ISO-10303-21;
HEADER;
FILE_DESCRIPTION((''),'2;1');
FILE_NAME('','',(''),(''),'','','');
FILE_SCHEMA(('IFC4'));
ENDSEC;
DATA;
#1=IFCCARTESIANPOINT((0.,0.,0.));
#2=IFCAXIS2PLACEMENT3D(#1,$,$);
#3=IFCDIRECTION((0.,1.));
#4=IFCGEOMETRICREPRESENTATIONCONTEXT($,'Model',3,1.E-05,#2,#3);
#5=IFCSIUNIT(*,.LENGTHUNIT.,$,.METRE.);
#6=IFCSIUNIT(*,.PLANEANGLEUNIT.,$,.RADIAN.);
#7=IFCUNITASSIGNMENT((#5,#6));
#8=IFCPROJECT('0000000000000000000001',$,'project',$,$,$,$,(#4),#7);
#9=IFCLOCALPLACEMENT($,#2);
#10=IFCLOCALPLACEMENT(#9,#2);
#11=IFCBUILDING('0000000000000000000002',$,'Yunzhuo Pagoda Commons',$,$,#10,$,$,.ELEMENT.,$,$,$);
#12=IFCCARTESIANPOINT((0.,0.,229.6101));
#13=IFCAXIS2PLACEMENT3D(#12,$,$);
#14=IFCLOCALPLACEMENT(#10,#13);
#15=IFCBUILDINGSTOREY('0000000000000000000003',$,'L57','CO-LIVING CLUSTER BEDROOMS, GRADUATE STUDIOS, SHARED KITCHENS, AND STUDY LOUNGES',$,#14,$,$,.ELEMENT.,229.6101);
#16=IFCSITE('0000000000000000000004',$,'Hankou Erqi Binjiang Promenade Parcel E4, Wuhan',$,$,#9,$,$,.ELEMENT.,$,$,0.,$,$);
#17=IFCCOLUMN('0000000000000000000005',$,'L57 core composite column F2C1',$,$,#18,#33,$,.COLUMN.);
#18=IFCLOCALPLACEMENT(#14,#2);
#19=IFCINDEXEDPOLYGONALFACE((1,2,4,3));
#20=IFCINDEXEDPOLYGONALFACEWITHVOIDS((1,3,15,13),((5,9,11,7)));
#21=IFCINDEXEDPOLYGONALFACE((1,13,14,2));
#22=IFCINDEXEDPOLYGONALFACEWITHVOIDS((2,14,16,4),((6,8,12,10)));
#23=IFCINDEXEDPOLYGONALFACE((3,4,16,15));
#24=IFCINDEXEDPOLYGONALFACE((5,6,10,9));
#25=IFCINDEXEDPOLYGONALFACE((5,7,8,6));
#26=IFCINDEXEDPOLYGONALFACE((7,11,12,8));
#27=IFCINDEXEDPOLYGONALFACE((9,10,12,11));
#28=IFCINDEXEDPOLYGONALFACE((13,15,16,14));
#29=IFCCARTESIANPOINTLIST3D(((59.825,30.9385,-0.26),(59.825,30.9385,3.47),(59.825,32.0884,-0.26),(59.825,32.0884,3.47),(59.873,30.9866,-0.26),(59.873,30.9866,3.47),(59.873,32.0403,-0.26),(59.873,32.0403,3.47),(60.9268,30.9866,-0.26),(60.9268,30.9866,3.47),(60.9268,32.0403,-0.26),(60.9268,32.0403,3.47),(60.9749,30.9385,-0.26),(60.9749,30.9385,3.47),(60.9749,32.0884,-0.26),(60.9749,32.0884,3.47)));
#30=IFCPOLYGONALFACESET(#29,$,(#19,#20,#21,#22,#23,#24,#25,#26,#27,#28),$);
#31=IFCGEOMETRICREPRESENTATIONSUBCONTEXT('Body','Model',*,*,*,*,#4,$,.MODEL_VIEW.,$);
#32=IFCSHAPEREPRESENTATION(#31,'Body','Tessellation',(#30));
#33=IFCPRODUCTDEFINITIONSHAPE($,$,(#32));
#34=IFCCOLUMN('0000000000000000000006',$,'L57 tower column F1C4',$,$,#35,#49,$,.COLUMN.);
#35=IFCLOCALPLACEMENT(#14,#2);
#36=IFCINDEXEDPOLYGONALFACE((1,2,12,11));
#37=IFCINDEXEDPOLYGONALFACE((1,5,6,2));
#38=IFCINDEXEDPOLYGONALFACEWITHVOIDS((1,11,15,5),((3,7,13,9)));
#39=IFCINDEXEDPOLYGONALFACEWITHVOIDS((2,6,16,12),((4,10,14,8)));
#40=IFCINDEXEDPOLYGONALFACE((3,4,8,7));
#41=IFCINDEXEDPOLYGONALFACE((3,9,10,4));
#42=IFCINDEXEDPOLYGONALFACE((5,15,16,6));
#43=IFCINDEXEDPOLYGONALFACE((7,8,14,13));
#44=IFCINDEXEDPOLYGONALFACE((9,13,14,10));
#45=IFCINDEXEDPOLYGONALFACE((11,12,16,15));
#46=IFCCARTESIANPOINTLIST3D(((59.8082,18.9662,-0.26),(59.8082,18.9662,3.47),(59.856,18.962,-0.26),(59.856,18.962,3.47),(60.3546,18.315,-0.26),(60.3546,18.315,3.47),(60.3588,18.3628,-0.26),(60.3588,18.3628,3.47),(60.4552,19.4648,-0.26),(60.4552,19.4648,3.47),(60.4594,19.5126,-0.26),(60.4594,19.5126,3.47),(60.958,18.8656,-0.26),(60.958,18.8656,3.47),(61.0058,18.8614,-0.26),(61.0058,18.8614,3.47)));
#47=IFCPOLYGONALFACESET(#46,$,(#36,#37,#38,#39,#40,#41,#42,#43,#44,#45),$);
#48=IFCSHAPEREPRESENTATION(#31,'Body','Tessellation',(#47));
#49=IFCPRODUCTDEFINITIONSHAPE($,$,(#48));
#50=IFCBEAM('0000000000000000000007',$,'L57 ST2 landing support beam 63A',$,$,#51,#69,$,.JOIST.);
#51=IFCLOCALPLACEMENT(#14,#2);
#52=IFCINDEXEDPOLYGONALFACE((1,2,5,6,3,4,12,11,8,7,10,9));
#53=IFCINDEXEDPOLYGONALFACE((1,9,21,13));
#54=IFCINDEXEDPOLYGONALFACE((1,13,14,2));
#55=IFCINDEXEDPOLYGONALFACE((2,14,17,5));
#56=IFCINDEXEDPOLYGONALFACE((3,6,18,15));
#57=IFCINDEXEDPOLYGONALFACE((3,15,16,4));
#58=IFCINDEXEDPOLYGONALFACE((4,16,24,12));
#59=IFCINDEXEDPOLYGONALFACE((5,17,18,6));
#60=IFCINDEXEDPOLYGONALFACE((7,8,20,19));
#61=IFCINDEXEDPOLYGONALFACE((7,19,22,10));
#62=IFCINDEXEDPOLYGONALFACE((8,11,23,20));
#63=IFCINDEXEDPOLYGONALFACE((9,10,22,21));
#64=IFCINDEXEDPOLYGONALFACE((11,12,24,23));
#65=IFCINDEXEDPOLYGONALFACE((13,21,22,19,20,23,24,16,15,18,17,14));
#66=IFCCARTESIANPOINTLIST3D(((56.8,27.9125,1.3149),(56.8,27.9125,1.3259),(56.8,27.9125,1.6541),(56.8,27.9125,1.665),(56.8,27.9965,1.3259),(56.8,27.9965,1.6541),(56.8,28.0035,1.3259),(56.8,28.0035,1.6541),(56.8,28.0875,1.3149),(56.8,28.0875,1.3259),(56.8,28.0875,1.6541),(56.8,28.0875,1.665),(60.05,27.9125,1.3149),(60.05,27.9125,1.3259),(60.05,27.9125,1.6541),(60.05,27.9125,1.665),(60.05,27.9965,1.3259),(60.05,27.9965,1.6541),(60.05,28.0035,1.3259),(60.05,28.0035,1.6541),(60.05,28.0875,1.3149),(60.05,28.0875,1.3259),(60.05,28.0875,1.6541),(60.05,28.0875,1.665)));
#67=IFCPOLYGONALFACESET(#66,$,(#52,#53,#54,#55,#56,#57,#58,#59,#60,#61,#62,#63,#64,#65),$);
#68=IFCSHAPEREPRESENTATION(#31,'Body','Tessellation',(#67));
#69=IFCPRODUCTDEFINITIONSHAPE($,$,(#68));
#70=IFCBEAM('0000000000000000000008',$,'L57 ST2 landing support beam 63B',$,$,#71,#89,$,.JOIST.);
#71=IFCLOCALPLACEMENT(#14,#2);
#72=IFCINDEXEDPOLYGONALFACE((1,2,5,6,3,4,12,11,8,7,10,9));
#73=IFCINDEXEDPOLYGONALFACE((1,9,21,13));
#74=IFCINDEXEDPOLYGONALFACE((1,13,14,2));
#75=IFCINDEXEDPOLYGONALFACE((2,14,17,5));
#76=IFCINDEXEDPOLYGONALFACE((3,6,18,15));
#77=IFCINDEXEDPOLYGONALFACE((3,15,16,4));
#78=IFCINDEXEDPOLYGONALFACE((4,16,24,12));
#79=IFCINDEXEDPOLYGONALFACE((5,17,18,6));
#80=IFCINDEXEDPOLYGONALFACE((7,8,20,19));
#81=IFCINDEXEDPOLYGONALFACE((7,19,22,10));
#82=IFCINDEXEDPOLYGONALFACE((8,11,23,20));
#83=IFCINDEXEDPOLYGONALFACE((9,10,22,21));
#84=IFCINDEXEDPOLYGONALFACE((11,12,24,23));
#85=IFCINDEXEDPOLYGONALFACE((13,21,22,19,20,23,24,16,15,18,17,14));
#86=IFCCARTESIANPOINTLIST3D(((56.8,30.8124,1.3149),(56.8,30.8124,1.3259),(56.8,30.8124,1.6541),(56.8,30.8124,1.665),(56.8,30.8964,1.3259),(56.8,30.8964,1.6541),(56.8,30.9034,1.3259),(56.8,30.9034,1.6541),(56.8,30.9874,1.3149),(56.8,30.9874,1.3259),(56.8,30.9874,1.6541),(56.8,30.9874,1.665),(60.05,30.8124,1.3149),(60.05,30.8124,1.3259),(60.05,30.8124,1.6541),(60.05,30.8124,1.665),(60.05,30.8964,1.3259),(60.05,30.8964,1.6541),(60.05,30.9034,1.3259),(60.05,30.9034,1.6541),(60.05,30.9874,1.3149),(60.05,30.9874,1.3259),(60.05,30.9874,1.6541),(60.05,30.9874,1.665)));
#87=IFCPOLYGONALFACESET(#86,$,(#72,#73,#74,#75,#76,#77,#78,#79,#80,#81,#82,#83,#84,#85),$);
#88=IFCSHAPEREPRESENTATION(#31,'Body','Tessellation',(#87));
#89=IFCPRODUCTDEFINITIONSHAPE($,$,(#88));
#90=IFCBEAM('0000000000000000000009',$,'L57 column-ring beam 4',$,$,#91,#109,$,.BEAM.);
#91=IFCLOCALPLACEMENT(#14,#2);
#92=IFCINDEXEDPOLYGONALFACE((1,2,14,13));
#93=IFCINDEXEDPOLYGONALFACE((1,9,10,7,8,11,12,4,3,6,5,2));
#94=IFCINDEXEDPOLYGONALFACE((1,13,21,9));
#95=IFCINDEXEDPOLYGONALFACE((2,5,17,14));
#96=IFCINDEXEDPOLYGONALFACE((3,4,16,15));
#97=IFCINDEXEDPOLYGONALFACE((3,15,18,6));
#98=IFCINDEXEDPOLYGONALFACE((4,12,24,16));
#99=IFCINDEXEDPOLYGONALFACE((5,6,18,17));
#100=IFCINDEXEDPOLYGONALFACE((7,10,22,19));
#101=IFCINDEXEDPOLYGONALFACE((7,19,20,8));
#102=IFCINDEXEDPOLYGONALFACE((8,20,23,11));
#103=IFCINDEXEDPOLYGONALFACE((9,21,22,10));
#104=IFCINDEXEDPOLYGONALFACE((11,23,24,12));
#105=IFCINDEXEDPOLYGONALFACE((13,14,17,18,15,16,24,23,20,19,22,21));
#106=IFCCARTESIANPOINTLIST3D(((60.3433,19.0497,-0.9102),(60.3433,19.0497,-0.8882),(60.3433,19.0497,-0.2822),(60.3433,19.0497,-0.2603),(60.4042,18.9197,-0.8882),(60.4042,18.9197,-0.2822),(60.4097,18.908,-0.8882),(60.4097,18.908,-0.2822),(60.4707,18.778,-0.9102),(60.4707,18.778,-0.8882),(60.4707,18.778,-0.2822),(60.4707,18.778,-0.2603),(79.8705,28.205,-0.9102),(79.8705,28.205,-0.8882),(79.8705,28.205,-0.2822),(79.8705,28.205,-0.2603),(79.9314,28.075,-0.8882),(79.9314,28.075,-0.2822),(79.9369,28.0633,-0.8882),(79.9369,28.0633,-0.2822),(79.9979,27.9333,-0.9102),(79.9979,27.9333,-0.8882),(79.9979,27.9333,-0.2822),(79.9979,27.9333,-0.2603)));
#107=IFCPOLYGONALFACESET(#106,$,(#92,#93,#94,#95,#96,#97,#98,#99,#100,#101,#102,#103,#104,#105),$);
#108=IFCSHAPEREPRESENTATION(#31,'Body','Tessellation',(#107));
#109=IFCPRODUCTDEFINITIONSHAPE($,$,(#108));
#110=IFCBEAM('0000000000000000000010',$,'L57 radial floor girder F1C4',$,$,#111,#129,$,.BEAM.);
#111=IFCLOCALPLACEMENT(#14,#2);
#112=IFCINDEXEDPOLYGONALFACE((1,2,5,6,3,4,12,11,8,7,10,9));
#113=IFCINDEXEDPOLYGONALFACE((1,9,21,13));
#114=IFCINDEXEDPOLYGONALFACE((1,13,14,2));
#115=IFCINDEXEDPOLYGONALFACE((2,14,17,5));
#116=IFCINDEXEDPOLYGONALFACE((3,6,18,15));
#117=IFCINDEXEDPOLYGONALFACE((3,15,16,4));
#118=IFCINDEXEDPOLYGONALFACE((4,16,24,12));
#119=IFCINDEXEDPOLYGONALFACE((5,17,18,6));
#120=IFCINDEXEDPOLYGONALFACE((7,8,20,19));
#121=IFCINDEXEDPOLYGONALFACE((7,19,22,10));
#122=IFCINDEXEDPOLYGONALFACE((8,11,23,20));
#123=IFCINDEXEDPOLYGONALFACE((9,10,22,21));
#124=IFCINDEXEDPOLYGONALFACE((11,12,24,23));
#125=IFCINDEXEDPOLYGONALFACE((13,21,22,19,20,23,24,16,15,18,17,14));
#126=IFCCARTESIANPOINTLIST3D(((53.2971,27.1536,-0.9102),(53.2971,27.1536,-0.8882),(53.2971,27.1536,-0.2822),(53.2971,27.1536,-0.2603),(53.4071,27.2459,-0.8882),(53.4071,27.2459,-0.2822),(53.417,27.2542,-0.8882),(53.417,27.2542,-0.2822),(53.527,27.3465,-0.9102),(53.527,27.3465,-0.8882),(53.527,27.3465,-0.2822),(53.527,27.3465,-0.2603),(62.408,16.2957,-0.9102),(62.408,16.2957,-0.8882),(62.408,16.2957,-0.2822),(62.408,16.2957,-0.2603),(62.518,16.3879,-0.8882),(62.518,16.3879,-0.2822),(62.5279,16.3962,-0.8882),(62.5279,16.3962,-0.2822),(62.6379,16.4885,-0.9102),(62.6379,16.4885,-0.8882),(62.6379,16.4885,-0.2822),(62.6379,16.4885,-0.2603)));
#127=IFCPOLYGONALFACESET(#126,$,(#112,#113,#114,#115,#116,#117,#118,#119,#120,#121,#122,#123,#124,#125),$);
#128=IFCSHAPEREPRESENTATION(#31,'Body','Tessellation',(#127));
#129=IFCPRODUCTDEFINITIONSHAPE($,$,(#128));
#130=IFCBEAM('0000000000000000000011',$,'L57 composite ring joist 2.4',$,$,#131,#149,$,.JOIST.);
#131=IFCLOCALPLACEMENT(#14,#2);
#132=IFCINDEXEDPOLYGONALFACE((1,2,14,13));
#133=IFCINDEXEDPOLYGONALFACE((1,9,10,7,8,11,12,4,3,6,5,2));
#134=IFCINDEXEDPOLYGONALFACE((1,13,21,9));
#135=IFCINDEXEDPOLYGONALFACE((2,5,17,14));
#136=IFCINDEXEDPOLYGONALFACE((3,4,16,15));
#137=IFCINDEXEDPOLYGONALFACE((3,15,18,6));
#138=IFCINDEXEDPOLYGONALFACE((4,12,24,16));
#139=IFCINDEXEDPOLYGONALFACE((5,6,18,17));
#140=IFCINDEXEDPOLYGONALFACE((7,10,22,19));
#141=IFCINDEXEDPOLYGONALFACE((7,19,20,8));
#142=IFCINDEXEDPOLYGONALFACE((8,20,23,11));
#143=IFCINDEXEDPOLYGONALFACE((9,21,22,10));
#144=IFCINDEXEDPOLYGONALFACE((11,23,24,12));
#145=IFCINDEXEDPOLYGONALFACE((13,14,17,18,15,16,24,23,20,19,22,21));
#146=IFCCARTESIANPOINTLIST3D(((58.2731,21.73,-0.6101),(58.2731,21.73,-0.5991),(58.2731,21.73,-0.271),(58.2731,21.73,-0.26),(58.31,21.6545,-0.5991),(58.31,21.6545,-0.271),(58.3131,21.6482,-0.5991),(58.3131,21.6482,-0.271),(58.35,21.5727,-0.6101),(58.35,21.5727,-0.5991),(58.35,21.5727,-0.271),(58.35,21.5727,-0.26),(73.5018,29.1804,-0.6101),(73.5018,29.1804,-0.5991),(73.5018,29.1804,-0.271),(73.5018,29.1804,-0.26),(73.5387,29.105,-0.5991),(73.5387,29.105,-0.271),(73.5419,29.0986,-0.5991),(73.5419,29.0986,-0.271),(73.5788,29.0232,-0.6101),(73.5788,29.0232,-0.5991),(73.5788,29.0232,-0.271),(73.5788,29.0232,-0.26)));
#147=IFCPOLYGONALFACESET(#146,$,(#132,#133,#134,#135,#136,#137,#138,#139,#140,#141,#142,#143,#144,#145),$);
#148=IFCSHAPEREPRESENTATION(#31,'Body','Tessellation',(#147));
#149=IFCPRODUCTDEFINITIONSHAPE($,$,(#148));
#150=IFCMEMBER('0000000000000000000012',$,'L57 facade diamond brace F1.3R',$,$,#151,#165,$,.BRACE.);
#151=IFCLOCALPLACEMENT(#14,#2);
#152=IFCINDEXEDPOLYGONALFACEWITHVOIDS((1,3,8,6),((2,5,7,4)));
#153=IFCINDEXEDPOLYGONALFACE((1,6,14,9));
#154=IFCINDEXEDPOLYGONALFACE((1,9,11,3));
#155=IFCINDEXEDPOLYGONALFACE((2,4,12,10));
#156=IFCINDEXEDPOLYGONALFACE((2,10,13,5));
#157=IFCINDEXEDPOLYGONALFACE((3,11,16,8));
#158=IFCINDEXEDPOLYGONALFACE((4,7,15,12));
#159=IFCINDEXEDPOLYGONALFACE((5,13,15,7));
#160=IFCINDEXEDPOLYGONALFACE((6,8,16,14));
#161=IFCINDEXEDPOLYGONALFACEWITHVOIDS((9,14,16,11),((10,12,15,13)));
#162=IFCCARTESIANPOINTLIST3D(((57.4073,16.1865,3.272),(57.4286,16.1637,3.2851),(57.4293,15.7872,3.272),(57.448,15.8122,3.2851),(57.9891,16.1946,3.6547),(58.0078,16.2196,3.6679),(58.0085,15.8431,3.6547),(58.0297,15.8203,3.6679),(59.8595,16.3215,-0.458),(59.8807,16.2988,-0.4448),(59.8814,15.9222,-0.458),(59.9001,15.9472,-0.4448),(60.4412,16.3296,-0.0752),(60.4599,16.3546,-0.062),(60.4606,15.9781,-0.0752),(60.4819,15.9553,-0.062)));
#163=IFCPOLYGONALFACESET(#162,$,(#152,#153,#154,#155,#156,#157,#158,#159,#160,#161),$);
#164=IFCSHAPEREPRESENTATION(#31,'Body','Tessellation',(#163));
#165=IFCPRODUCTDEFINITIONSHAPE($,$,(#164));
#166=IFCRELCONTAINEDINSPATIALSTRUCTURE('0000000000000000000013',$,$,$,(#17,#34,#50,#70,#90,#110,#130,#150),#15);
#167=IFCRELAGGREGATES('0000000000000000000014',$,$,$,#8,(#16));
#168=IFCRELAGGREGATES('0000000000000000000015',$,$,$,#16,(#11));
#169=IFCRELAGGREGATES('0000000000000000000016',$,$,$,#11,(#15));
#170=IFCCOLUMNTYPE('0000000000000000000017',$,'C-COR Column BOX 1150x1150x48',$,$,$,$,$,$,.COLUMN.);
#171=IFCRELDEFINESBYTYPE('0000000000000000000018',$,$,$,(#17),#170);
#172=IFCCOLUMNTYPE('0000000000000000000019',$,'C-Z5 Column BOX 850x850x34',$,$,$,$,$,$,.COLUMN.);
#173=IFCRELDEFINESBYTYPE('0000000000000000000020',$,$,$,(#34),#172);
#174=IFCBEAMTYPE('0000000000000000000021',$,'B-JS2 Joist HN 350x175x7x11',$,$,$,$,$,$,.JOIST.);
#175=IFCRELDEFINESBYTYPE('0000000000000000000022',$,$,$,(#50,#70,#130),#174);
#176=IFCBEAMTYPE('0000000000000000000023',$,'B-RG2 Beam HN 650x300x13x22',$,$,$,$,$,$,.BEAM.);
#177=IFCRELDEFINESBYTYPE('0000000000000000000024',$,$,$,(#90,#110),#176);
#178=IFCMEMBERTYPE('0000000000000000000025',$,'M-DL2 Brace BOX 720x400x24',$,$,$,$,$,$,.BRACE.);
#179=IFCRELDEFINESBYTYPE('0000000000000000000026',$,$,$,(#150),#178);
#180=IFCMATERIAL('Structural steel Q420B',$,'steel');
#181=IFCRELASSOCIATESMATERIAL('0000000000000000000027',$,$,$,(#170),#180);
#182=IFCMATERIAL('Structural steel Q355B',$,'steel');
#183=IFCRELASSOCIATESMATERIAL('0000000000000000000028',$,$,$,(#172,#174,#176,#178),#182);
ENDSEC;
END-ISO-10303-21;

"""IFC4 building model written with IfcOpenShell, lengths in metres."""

from ifc_helpers import new_model, si_unit, direction, frame, origin, origin_2d, place, context, subcontext, project, spatial, hollow_rectangle, i_section, extrude, source, transform, mapped, material, material_profile, profile_set, type_object, element, save


model = new_model("IFC4")

# Units and contexts
model_context = context("Model", 3, precision=1e-05, world=origin(), true_north=direction((0.0, 1.0)))
body_context = subcontext(model_context, "Body", "Model", "MODEL_VIEW")
ifc_project = project(units=[si_unit("LENGTHUNIT", "METRE"), si_unit("PLANEANGLEUNIT", "RADIAN")], contexts=[model_context])

# Site, building, storey
site_placement = place(None, origin())
site = spatial("IfcSite", under=ifc_project, at=site_placement, Name="Hankou Erqi Binjiang Promenade Parcel E4, Wuhan", CompositionType="ELEMENT", RefElevation=0.0)
building_placement = place(site_placement, origin())
building = spatial("IfcBuilding", under=site, at=building_placement, Name="Yunzhuo Pagoda Commons", CompositionType="ELEMENT")
storey_placement = place(building_placement, frame((0.0, 0.0, 229.6101)))
storey = spatial("IfcBuildingStorey", under=building, at=storey_placement, Name="L57", Description="CO-LIVING CLUSTER BEDROOMS, GRADUATE STUDIOS, SHARED KITCHENS, AND STUDY LOUNGES", CompositionType="ELEMENT", Elevation=229.6101)

# Columns
ifc_material_1 = material(Name="Structural steel Q420B", Category="steel")
ifc_material_profile_1 = material_profile(ifc_material_1, hollow_rectangle(XDim=1.1499, YDim=1.1499, WallThickness=0.0481, at=origin_2d()), Name="Structural steel Q420B")
ifc_profile_set_1 = profile_set([ifc_material_profile_1], Name="Structural steel Q420B")
column_type_1 = type_object("IfcColumnType", Name="C-COR Column BOX 1150x1150x48", PredefinedType="COLUMN", material=ifc_profile_set_1)
shared_shape_1 = source(origin(), body_context, "Body", "SweptSolid", [
    extrude(hollow_rectangle(XDim=1.1499, YDim=1.1499, WallThickness=0.0481, at=origin_2d()), origin(), (0.0, 0.0, 1.0), 3.73),
])
column_1_placement = place(storey_placement, frame((60.3999, 31.5134, -0.26), z_axis=(0.0, 0.0, 1.0), x_axis=(1.0, 0.0, 0.0)))
element("IfcColumn", 1, at=column_1_placement, inside=storey, type_object=column_type_1, Name="L57 core composite column F2C1", PredefinedType="COLUMN", context=body_context, shape_type="MappedRepresentation", body=[
    mapped(shared_shape_1, transform((0.0, 0.0, 0.0), scale=1.0)),
])
ifc_material_2 = material(Name="Structural steel Q355B", Category="steel")
ifc_material_profile_2 = material_profile(ifc_material_2, hollow_rectangle(XDim=0.8501, YDim=0.8501, WallThickness=0.0339, at=origin_2d()), Name="Structural steel Q355B")
ifc_profile_set_2 = profile_set([ifc_material_profile_2], Name="Structural steel Q355B")
column_type_2 = type_object("IfcColumnType", Name="C-Z5 Column BOX 850x850x34", PredefinedType="COLUMN", material=ifc_profile_set_2)
shared_shape_2 = source(origin(), body_context, "Body", "SweptSolid", [
    extrude(hollow_rectangle(XDim=0.8501, YDim=0.8501, WallThickness=0.0339, at=origin_2d()), origin(), (0.0, 0.0, 1.0), 3.73),
])
column_2_placement = place(storey_placement, frame((60.407, 18.9138, -0.26), z_axis=(0.0, 0.0, 1.0), x_axis=(0.766044, 0.642788, 0.0)))
element("IfcColumn", 2, at=column_2_placement, inside=storey, type_object=column_type_2, Name="L57 tower column F1C4", PredefinedType="COLUMN", context=body_context, shape_type="MappedRepresentation", body=[
    mapped(shared_shape_2, transform((0.0, 0.0, 0.0), scale=1.0)),
])

# Beams
ifc_material_profile_3 = material_profile(ifc_material_2, i_section(OverallWidth=0.175, OverallDepth=0.3501, WebThickness=0.0071, FlangeThickness=0.011, at=origin_2d()), Name="Structural steel Q355B")
ifc_profile_set_3 = profile_set([ifc_material_profile_3], Name="Structural steel Q355B")
beam_type_1 = type_object("IfcBeamType", Name="B-JS2 Joist HN 350x175x7x11", PredefinedType="JOIST", material=ifc_profile_set_3)
shared_shape_3 = source(origin(), body_context, "Body", "SweptSolid", [
    extrude(i_section(OverallWidth=0.175, OverallDepth=0.3501, WebThickness=0.0071, FlangeThickness=0.011, at=origin_2d()), origin(), (0.0, 0.0, 1.0), 3.25),
])
for number, where, z_axis, x_axis, name in (
    (3, (56.8, 28.0, 1.49), (1.0, 0.0, 0.0), (0.0, 1.0, 0.0), "L57 ST2 landing support beam 63A"),
    (4, (56.8, 30.8999, 1.49), (1.0, 0.0, 0.0), (0.0, 1.0, 0.0), "L57 ST2 landing support beam 63B"),
):
    element("IfcBeam", number, at=place(storey_placement, frame(where, z_axis=z_axis, x_axis=x_axis)), inside=storey, type_object=beam_type_1, Name=name, PredefinedType="JOIST", context=body_context, shape_type="MappedRepresentation", body=[
        mapped(shared_shape_3, transform((0.0, 0.0, 0.0), scale=1.0)),
    ])
ifc_material_profile_4 = material_profile(ifc_material_2, i_section(OverallWidth=0.3, OverallDepth=0.6499, WebThickness=0.0129, FlangeThickness=0.022, at=origin_2d()), Name="Structural steel Q355B")
ifc_profile_set_4 = profile_set([ifc_material_profile_4], Name="Structural steel Q355B")
beam_type_2 = type_object("IfcBeamType", Name="B-RG2 Beam HN 650x300x13x22", PredefinedType="BEAM", material=ifc_profile_set_4)
shared_shape_4 = source(origin(), body_context, "Body", "SweptSolid", [
    extrude(i_section(OverallWidth=0.3, OverallDepth=0.6499, WebThickness=0.0129, FlangeThickness=0.022, at=origin_2d()), origin(), (0.0, 0.0, 1.0), 21.5669),
])
beam_1_placement = place(storey_placement, frame((60.407, 18.9138, -0.5852), z_axis=(0.905424, 0.424508, 0.0), x_axis=(-0.424508, 0.905424, 0.0)))
element("IfcBeam", 5, at=beam_1_placement, inside=storey, type_object=beam_type_2, Name="L57 column-ring beam 4", PredefinedType="BEAM", context=body_context, shape_type="MappedRepresentation", body=[
    mapped(shared_shape_4, transform((0.0, 0.0, 0.0), scale=1.0)),
])
shared_shape_5 = source(origin(), body_context, "Body", "SweptSolid", [
    extrude(i_section(OverallWidth=0.3, OverallDepth=0.6499, WebThickness=0.0129, FlangeThickness=0.022, at=origin_2d()), origin(), (0.0, 0.0, 1.0), 14.1741),
])
beam_2_placement = place(storey_placement, frame((62.5229, 16.3921, -0.5852), z_axis=(-0.642786, 0.766045, 0.0), x_axis=(-0.766045, -0.642786, 0.0)))
element("IfcBeam", 6, at=beam_2_placement, inside=storey, type_object=beam_type_2, Name="L57 radial floor girder F1C4", PredefinedType="BEAM", context=body_context, shape_type="MappedRepresentation", body=[
    mapped(shared_shape_5, transform((0.0, 0.0, 0.0), scale=1.0)),
])
shared_shape_6 = source(origin(), body_context, "Body", "SweptSolid", [
    extrude(i_section(OverallWidth=0.175, OverallDepth=0.3501, WebThickness=0.0071, FlangeThickness=0.011, at=origin_2d()), origin(), (0.0, 0.0, 1.0), 16.9536),
])
beam_3_placement = place(storey_placement, frame((58.3115, 21.6514, -0.4351), z_axis=(0.898262, 0.439461, 0.0), x_axis=(-0.439461, 0.898262, 0.0)))
element("IfcBeam", 7, at=beam_3_placement, inside=storey, type_object=beam_type_1, Name="L57 composite ring joist 2.4", PredefinedType="JOIST", context=body_context, shape_type="MappedRepresentation", body=[
    mapped(shared_shape_6, transform((0.0, 0.0, 0.0), scale=1.0)),
])

# Member
ifc_material_profile_5 = material_profile(ifc_material_2, hollow_rectangle(XDim=0.3999, YDim=0.72, WallThickness=0.0239, at=origin_2d()), Name="Structural steel Q355B")
ifc_profile_set_5 = profile_set([ifc_material_profile_5], Name="Structural steel Q355B")
member_type_1 = type_object("IfcMemberType", Name="M-DL2 Brace BOX 720x400x24", PredefinedType="BRACE", material=ifc_profile_set_5)
shared_shape_7 = source(origin(), body_context, "Body", "SweptSolid", [
    extrude(hollow_rectangle(XDim=0.3999, YDim=0.72, WallThickness=0.0239, at=origin_2d()), origin(), (0.0, 0.0, 1.0), 4.4658),
])
member_1_placement = place(storey_placement, frame((60.1707, 16.1384, -0.26), z_axis=(-0.549086, -0.030231, 0.835219), x_axis=(0.054974, -0.998488, 0.0)))
element("IfcMember", 8, at=member_1_placement, inside=storey, type_object=member_type_1, Name="L57 facade diamond brace F1.3R", PredefinedType="BRACE", context=body_context, shape_type="MappedRepresentation", body=[
    mapped(shared_shape_7, transform((0.0, 0.0, 0.0), scale=1.0)),
])

save(model, "model.ifc")
